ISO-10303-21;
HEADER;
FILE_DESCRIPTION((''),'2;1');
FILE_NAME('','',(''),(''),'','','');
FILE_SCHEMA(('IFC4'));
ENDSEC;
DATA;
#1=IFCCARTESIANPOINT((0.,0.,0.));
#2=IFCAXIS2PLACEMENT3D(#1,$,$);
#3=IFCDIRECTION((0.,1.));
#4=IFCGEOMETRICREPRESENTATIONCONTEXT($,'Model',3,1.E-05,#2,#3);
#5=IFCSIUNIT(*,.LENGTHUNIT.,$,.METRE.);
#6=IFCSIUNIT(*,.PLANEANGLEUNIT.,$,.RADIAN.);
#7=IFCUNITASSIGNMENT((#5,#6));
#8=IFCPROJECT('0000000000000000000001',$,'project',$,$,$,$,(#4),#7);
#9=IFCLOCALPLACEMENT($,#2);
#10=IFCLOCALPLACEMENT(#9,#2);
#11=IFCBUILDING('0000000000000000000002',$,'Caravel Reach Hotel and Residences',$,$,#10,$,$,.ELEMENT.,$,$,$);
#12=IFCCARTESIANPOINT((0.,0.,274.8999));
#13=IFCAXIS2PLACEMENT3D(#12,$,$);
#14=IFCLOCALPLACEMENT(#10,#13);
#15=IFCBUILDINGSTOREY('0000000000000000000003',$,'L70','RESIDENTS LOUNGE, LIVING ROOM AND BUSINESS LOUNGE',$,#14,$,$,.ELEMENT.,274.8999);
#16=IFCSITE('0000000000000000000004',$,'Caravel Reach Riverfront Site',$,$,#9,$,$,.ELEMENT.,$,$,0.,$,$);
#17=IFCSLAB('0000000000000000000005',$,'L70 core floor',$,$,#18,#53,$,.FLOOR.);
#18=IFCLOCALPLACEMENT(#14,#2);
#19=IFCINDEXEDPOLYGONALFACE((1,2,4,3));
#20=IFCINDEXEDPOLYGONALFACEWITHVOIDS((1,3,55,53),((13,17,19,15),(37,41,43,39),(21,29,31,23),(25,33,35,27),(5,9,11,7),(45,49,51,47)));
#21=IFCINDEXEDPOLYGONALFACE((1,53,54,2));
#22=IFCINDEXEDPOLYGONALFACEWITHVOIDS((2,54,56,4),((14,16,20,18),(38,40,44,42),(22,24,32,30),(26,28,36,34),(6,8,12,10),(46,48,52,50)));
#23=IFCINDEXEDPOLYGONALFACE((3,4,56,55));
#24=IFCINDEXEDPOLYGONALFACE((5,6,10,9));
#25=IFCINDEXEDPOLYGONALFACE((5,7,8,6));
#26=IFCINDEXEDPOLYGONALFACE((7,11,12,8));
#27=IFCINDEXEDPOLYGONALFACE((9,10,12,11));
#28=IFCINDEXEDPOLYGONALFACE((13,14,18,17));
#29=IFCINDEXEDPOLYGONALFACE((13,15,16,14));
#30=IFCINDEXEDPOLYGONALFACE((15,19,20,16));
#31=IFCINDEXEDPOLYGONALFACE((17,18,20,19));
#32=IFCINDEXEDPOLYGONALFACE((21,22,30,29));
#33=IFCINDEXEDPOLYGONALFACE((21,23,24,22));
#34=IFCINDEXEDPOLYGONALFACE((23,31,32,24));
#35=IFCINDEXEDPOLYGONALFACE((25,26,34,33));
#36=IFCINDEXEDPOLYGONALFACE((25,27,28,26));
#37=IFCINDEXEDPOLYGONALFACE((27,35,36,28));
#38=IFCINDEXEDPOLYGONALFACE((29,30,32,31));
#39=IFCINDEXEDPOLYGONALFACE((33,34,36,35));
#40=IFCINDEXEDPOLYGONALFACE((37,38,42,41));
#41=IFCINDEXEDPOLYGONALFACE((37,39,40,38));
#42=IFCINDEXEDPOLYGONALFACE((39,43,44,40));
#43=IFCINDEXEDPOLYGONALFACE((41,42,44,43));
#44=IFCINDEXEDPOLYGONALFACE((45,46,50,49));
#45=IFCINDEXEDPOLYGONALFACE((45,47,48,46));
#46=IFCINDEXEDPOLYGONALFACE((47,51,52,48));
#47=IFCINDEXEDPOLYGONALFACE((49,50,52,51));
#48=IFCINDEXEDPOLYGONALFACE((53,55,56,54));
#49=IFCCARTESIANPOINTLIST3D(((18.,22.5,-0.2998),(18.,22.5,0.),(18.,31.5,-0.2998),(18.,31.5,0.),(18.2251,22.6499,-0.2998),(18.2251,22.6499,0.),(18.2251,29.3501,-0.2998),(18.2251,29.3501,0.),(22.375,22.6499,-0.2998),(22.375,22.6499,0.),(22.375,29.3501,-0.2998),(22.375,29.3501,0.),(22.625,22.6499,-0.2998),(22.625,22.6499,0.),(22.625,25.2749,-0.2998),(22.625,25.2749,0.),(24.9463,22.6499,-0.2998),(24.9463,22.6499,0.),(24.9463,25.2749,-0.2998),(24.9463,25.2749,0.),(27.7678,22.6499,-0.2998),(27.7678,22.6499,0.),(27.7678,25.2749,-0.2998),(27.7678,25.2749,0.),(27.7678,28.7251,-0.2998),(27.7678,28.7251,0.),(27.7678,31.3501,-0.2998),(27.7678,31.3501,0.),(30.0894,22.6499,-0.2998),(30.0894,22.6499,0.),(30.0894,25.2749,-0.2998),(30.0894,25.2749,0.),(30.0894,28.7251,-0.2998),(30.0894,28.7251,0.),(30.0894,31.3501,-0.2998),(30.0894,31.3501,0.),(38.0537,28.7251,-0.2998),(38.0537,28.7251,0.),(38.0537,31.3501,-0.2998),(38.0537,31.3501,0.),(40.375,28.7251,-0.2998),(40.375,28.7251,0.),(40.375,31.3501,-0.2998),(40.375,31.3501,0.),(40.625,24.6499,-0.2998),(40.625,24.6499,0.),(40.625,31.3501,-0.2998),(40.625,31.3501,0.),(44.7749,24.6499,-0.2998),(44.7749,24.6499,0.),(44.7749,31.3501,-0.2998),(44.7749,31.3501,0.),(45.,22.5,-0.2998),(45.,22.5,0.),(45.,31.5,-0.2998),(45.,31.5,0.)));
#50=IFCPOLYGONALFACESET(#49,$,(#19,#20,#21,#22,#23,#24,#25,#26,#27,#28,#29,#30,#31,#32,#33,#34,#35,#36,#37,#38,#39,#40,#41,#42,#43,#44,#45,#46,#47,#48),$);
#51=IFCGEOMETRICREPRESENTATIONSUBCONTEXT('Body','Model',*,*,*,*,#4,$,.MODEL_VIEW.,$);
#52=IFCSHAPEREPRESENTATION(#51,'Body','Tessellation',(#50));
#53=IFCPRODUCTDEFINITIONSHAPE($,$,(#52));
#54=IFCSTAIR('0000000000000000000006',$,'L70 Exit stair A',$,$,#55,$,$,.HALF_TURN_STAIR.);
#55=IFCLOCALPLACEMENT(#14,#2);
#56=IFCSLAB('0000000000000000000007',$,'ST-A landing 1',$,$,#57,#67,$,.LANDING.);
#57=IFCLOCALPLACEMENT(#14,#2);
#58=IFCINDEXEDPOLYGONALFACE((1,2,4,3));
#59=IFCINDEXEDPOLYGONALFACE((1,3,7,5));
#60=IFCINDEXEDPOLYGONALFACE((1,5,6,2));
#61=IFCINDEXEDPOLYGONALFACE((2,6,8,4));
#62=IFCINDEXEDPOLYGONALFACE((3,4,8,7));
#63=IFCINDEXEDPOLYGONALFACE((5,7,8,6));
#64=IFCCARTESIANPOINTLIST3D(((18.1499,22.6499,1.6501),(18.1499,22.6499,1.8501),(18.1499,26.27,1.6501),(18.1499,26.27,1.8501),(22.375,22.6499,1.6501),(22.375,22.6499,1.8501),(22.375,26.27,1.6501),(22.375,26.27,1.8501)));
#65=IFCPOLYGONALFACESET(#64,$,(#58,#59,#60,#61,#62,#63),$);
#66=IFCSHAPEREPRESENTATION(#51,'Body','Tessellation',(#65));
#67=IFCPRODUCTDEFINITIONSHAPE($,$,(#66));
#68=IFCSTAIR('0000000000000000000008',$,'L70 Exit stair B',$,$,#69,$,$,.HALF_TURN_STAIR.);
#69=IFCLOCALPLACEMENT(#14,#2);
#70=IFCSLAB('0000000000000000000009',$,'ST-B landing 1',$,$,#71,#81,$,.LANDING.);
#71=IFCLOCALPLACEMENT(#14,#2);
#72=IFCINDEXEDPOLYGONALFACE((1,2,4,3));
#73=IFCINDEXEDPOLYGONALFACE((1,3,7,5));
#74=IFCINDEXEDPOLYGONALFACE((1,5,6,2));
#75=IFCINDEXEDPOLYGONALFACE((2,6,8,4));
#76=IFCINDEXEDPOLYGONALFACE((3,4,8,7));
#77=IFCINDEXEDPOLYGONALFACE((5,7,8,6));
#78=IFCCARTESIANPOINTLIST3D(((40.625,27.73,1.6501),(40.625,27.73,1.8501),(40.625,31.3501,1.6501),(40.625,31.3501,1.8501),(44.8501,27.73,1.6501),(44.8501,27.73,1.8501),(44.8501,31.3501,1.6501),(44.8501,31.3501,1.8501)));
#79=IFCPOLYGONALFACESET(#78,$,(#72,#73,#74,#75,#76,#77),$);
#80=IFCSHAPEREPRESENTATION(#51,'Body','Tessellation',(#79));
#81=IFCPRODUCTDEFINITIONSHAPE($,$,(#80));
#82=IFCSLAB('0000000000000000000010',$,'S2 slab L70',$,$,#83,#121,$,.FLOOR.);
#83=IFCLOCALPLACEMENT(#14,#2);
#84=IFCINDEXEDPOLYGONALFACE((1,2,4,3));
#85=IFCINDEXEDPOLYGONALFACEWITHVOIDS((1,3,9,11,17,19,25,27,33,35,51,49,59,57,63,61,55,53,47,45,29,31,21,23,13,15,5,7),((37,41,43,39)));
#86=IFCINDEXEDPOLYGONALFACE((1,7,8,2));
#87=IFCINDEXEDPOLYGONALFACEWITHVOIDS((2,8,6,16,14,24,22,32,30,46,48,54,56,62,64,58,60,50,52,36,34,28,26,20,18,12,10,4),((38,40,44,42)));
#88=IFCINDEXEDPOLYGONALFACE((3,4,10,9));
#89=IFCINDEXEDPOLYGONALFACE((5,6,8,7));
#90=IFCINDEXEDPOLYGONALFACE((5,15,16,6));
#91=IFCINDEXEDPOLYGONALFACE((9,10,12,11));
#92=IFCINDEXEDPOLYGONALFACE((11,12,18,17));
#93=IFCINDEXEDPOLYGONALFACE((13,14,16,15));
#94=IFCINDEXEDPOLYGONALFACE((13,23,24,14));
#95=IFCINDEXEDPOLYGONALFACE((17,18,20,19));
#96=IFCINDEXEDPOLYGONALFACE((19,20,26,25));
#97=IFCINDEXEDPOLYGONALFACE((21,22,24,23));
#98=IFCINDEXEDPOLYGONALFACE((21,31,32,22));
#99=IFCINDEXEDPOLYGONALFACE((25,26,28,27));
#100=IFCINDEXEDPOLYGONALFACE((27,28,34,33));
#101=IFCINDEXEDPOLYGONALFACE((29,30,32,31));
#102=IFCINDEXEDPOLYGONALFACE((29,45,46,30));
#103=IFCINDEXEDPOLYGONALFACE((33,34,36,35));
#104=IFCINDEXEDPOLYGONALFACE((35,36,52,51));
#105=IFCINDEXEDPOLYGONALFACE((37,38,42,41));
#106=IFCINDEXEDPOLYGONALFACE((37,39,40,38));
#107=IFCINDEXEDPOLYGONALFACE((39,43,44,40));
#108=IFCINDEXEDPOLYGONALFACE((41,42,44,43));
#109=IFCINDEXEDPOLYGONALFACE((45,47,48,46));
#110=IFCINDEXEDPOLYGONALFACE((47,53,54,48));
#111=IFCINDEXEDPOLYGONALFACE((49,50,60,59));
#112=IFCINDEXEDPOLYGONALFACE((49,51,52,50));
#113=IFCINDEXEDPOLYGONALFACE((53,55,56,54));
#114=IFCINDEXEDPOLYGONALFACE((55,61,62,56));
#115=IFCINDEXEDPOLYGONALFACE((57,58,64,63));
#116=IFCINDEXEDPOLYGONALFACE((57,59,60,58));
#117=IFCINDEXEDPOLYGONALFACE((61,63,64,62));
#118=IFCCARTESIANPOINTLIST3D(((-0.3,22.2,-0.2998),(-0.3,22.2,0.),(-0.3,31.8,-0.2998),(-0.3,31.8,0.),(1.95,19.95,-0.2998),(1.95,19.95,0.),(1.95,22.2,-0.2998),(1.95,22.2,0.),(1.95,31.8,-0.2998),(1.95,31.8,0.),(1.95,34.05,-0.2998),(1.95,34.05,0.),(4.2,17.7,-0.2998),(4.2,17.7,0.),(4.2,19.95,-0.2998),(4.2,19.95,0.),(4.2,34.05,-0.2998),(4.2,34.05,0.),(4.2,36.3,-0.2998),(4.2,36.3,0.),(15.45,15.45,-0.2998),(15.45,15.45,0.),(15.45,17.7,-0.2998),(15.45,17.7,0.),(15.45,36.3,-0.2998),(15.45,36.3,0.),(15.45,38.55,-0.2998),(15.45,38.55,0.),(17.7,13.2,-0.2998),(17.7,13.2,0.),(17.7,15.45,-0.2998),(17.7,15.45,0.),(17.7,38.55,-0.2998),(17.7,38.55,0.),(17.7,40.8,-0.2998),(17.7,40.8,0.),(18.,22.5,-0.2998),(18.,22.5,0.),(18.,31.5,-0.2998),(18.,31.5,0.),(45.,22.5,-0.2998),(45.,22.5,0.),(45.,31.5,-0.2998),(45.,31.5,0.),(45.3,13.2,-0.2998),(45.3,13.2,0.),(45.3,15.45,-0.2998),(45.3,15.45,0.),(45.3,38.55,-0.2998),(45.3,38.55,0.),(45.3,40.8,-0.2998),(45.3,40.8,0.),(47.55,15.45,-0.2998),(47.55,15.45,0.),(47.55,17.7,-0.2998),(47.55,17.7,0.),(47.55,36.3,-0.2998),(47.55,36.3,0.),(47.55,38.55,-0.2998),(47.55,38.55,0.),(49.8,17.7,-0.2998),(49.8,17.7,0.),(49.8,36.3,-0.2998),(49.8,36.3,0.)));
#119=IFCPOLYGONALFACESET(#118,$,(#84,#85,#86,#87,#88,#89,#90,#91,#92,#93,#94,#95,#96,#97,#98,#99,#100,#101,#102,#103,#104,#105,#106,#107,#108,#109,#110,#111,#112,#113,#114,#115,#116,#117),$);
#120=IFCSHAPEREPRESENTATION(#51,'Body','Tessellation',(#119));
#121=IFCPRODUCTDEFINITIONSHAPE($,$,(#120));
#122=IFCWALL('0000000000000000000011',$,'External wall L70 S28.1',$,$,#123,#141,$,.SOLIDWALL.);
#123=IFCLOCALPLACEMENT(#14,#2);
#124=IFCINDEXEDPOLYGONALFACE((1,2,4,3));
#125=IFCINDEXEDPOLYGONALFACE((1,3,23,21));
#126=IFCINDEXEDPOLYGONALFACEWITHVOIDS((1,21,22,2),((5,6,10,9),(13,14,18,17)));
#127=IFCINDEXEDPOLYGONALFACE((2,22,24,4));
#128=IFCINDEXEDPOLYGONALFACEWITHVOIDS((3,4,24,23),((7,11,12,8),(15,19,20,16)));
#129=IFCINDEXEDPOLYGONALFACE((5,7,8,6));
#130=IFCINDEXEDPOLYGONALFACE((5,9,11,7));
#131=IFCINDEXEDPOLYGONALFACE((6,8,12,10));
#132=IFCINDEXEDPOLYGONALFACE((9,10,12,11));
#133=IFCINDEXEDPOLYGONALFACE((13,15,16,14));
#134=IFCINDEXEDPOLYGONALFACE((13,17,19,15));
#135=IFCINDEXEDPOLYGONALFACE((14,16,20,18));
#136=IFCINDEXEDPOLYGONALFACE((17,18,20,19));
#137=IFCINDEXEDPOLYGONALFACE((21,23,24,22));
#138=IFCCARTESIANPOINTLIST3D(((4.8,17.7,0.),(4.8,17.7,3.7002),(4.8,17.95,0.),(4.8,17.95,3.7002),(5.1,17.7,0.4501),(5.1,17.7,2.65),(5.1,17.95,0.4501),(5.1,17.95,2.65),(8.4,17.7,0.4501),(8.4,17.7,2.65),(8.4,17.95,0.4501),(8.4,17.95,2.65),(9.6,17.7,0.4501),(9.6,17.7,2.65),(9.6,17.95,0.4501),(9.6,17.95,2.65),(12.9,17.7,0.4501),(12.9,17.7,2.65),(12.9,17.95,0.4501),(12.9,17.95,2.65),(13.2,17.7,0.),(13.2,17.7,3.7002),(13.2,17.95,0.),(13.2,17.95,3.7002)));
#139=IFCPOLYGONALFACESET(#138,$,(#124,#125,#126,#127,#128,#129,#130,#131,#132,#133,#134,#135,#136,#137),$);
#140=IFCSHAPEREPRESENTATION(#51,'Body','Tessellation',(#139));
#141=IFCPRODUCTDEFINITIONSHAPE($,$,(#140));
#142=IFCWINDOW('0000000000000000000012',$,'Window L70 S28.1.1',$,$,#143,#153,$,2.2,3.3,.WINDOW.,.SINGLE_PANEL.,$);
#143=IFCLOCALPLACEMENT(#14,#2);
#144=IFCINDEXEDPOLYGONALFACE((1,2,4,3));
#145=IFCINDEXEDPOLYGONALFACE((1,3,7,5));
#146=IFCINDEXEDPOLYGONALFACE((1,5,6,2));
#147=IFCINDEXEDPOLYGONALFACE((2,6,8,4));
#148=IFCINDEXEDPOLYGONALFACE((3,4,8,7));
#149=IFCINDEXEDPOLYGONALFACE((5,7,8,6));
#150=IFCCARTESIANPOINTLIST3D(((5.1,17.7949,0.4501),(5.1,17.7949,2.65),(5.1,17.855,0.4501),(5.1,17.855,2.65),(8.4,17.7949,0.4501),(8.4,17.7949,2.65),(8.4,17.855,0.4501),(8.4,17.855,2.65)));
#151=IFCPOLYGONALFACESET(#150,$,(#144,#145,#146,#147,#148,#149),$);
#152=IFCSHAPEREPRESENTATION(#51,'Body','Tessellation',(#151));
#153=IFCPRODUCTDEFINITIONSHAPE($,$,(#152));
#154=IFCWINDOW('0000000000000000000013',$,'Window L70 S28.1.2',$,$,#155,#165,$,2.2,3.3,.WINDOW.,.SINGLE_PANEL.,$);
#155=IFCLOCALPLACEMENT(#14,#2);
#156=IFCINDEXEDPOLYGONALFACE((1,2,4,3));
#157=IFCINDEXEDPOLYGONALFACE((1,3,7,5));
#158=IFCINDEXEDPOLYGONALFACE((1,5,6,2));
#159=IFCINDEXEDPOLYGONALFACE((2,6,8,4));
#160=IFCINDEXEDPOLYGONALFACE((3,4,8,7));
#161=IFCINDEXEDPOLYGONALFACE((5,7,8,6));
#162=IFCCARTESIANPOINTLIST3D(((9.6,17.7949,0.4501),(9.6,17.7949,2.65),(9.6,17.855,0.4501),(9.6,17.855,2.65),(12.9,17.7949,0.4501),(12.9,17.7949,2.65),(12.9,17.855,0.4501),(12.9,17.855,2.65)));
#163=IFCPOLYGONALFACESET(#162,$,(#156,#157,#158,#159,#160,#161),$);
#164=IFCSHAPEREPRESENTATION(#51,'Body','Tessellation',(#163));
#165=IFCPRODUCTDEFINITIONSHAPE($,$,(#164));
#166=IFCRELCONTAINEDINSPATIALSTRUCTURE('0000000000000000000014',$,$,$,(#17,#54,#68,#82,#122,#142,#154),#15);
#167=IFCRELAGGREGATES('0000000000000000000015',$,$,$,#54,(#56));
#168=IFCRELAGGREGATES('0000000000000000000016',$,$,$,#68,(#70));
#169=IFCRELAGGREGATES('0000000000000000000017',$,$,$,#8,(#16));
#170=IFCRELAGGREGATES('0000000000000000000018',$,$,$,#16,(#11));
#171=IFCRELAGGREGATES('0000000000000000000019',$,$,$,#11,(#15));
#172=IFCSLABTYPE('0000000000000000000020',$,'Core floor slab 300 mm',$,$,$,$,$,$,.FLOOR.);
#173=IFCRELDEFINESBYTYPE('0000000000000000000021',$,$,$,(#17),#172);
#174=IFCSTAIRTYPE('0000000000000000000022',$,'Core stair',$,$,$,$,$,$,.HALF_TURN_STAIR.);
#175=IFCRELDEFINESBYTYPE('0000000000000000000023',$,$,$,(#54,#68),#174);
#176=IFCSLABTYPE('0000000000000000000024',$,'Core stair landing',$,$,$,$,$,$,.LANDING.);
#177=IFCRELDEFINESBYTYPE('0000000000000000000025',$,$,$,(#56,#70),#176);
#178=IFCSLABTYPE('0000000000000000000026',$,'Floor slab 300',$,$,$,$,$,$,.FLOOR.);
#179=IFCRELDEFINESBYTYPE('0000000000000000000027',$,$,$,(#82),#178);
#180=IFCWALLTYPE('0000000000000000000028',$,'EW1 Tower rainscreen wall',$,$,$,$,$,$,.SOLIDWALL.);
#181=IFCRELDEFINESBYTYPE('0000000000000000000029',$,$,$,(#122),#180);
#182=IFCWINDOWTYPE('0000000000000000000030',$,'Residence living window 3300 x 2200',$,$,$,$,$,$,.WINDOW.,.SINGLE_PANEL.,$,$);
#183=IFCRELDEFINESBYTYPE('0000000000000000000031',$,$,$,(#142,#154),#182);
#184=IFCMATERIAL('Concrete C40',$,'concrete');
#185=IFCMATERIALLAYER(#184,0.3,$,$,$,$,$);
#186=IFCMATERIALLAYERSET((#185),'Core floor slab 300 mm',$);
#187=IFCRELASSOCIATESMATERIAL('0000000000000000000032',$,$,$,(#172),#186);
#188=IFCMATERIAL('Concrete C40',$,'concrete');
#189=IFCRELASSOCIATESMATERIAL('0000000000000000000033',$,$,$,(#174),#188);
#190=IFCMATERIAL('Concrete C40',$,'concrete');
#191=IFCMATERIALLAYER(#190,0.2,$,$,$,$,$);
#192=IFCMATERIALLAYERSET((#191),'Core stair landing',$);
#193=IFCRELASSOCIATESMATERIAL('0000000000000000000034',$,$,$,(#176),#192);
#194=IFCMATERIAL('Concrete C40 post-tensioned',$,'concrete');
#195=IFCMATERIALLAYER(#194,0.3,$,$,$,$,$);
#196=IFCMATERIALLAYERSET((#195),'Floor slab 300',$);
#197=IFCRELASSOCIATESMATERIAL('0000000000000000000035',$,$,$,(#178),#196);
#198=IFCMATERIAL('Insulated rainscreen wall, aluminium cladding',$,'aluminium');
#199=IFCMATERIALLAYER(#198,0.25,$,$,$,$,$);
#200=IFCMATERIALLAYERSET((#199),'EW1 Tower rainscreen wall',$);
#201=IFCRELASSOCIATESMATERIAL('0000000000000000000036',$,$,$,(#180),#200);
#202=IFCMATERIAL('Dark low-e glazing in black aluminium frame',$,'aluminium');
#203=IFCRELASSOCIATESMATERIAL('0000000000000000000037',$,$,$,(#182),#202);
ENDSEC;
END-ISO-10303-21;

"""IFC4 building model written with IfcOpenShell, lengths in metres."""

from ifc_helpers import new_model, si_unit, direction, frame, frame_2d, origin, place, context, subcontext, project, spatial, polyline, rectangle, outline, extrude, material, layer, layer_set, type_object, element, fill, aggregate, save


model = new_model("IFC4")

# Units and contexts
model_context = context("Model", 3, precision=1e-05, world=origin(), true_north=direction((0.0, 1.0)))
body_context = subcontext(model_context, "Body", "Model", "MODEL_VIEW")
ifc_project = project(units=[si_unit("LENGTHUNIT", "METRE"), si_unit("PLANEANGLEUNIT", "RADIAN")], contexts=[model_context])

# Site, building, storey
site_placement = place(None, origin())
site = spatial("IfcSite", under=ifc_project, at=site_placement, Name="Caravel Reach Riverfront Site", CompositionType="ELEMENT", RefElevation=0.0)
building_placement = place(site_placement, origin())
building = spatial("IfcBuilding", under=site, at=building_placement, Name="Caravel Reach Hotel and Residences", CompositionType="ELEMENT")
storey_placement = place(building_placement, frame((0.0, 0.0, 274.8999)))
storey = spatial("IfcBuildingStorey", under=building, at=storey_placement, Name="L70", Description="RESIDENTS LOUNGE, LIVING ROOM AND BUSINESS LOUNGE", CompositionType="ELEMENT", Elevation=274.8999)

# Slab
ifc_material_1 = material(Name="Concrete C40", Category="concrete")
ifc_layer_1 = layer(ifc_material_1, 0.3)
ifc_layer_set_1 = layer_set([ifc_layer_1], Name="Core floor slab 300 mm")
slab_type_1 = type_object("IfcSlabType", Name="Core floor slab 300 mm", PredefinedType="FLOOR", material=ifc_layer_set_1)
slab_1_placement = place(storey_placement, frame((0.0, 0.0, -0.2998)))
element("IfcSlab", 1, at=slab_1_placement, inside=storey, type_object=slab_type_1, Name="L70 core floor", PredefinedType="FLOOR", context=body_context, shape_type="SweptSolid", body=[
    extrude(outline(polyline([(18.0, 31.5), (45.0, 31.5), (45.0, 22.5), (18.0, 22.5), (18.0, 31.5)]), holes=[polyline([(22.625, 22.6499), (24.9463, 22.6499), (24.9463, 25.2749), (22.625, 25.2749), (22.625, 22.6499)]), polyline([(27.7678, 25.2749), (27.7678, 22.6499), (30.0894, 22.6499), (30.0894, 25.2749), (27.7678, 25.2749)]), polyline([(22.375, 22.6499), (22.375, 29.3501), (18.2251, 29.3501), (18.2251, 22.6499), (22.375, 22.6499)]), polyline([(40.625, 24.6499), (44.7749, 24.6499), (44.7749, 31.3501), (40.625, 31.3501), (40.625, 24.6499)]), polyline([(27.7678, 31.3501), (27.7678, 28.7251), (30.0894, 28.7251), (30.0894, 31.3501), (27.7678, 31.3501)]), polyline([(38.0537, 31.3501), (38.0537, 28.7251), (40.375, 28.7251), (40.375, 31.3501), (38.0537, 31.3501)])]), origin(), (0.0, 0.0, 1.0), 0.2998),
])

# Stairs, slabs
ifc_material_2 = material(Name="Concrete C40", Category="concrete")
stair_type = type_object("IfcStairType", Name="Core stair", PredefinedType="HALF_TURN_STAIR", material=ifc_material_2)
stair_1_placement = place(storey_placement, origin())
stair_1 = element("IfcStair", 2, at=stair_1_placement, inside=storey, type_object=stair_type, Name="L70 Exit stair A", PredefinedType="HALF_TURN_STAIR")
ifc_material_3 = material(Name="Concrete C40", Category="concrete")
ifc_layer_2 = layer(ifc_material_3, 0.2)
ifc_layer_set_2 = layer_set([ifc_layer_2], Name="Core stair landing")
slab_type_2 = type_object("IfcSlabType", Name="Core stair landing", PredefinedType="LANDING", material=ifc_layer_set_2)
slab_2_placement = place(storey_placement, frame((0.0, 0.0, 1.6501)))
slab_2 = element("IfcSlab", 3, at=slab_2_placement, type_object=slab_type_2, Name="ST-A landing 1", PredefinedType="LANDING", context=body_context, shape_type="SweptSolid", body=[
    extrude(outline(polyline([(18.1499, 26.27), (18.1499, 22.6499), (22.375, 22.6499), (22.375, 26.27), (18.1499, 26.27)])), origin(), (0.0, 0.0, 1.0), 0.2),
])
aggregate(stair_1, [slab_2])
stair_2_placement = place(storey_placement, origin())
stair_2 = element("IfcStair", 4, at=stair_2_placement, inside=storey, type_object=stair_type, Name="L70 Exit stair B", PredefinedType="HALF_TURN_STAIR")
slab_3_placement = place(storey_placement, frame((0.0, 0.0, 1.6501)))
slab_3 = element("IfcSlab", 5, at=slab_3_placement, type_object=slab_type_2, Name="ST-B landing 1", PredefinedType="LANDING", context=body_context, shape_type="SweptSolid", body=[
    extrude(outline(polyline([(44.8501, 27.73), (44.8501, 31.3501), (40.625, 31.3501), (40.625, 27.73), (44.8501, 27.73)])), origin(), (0.0, 0.0, 1.0), 0.2),
])
aggregate(stair_2, [slab_3])

# Slab
ifc_material_4 = material(Name="Concrete C40 post-tensioned", Category="concrete")
ifc_layer_3 = layer(ifc_material_4, 0.3)
ifc_layer_set_3 = layer_set([ifc_layer_3], Name="Floor slab 300")
slab_type_3 = type_object("IfcSlabType", Name="Floor slab 300", PredefinedType="FLOOR", material=ifc_layer_set_3)
slab_4_placement = place(storey_placement, frame((0.0, 0.0, -0.2998)))
element("IfcSlab", 6, at=slab_4_placement, inside=storey, type_object=slab_type_3, Name="S2 slab L70", PredefinedType="FLOOR", context=body_context, shape_type="SweptSolid", body=[
    extrude(outline(polyline([(4.2, 19.95), (1.95, 19.95), (1.95, 22.2), (-0.3, 22.2), (-0.3, 31.8), (1.95, 31.8), (1.95, 34.05), (4.2, 34.05), (4.2, 36.3), (15.45, 36.3), (15.45, 38.55), (17.7, 38.55), (17.7, 40.8), (45.3, 40.8), (45.3, 38.55), (47.55, 38.55), (47.55, 36.3), (49.8, 36.3), (49.8, 17.7), (47.55, 17.7), (47.55, 15.45), (45.3, 15.45), (45.3, 13.2), (17.7, 13.2), (17.7, 15.45), (15.45, 15.45), (15.45, 17.7), (4.2, 17.7), (4.2, 19.95)]), holes=[polyline([(45.0, 31.5), (18.0, 31.5), (18.0, 22.5), (45.0, 22.5), (45.0, 31.5)])]), origin(), (0.0, 0.0, 1.0), 0.2998),
])

# Wall, openings, windows
ifc_material_5 = material(Name="Insulated rainscreen wall, aluminium cladding", Category="aluminium")
ifc_layer_4 = layer(ifc_material_5, 0.25)
ifc_layer_set_4 = layer_set([ifc_layer_4], Name="EW1 Tower rainscreen wall")
wall_type_1 = type_object("IfcWallType", Name="EW1 Tower rainscreen wall", PredefinedType="SOLIDWALL", material=ifc_layer_set_4)
wall_1_placement = place(storey_placement, frame((4.8, 17.825, 0.0), z_axis=(0.0, 0.0, 1.0), x_axis=(1.0, 0.0, 0.0)))
wall_1 = element("IfcWall", 7, at=wall_1_placement, inside=storey, type_object=wall_type_1, Name="External wall L70 S28.1", PredefinedType="SOLIDWALL", context=body_context, shape_type="SweptSolid", body=[
    extrude(rectangle(XDim=8.3999, YDim=0.25, at=frame_2d((4.2, 0.0))), origin(), (0.0, 0.0, 1.0), 3.7002),
])
opening_1_placement = place(wall_1_placement, frame((0.3, 0.0, 0.45)))
opening_1 = element("IfcOpeningElement", 8, at=opening_1_placement, cuts=wall_1, PredefinedType="OPENING", context=body_context, shape_type="SweptSolid", body=[
    extrude(rectangle(XDim=3.3, YDim=2.2, at=frame_2d((1.6499, 1.1001))), frame((0.0, 0.135, 0.0), z_axis=(0.0, -1.0, 0.0), x_axis=(1.0, 0.0, 0.0)), (0.0, 0.0, 1.0), 0.27),
])
opening_2_placement = place(wall_1_placement, frame((4.8, 0.0, 0.45)))
opening_2 = element("IfcOpeningElement", 9, at=opening_2_placement, cuts=wall_1, PredefinedType="OPENING", context=body_context, shape_type="SweptSolid", body=[
    extrude(rectangle(XDim=3.3, YDim=2.2, at=frame_2d((1.6499, 1.1001))), frame((0.0, 0.135, 0.0), z_axis=(0.0, -1.0, 0.0), x_axis=(1.0, 0.0, 0.0)), (0.0, 0.0, 1.0), 0.27),
])
ifc_material_6 = material(Name="Dark low-e glazing in black aluminium frame", Category="aluminium")
window_type_1 = type_object("IfcWindowType", Name="Residence living window 3300 x 2200", PartitioningType="SINGLE_PANEL", PredefinedType="WINDOW", material=ifc_material_6)
window_1_placement = place(opening_1_placement, origin())
window_1 = element("IfcWindow", 10, at=window_1_placement, inside=storey, type_object=window_type_1, Name="Window L70 S28.1.1", OverallHeight=2.2, OverallWidth=3.3, PartitioningType="SINGLE_PANEL", PredefinedType="WINDOW", context=body_context, shape_type="SweptSolid", body=[
    extrude(rectangle(XDim=3.3, YDim=2.2, at=frame_2d((1.6499, 1.1001))), frame((0.0, 0.03, 0.0), z_axis=(0.0, -1.0, 0.0), x_axis=(1.0, 0.0, 0.0)), (0.0, 0.0, 1.0), 0.0601),
])
fill(opening_1, window_1)
window_2_placement = place(opening_2_placement, origin())
window_2 = element("IfcWindow", 11, at=window_2_placement, inside=storey, type_object=window_type_1, Name="Window L70 S28.1.2", OverallHeight=2.2, OverallWidth=3.3, PartitioningType="SINGLE_PANEL", PredefinedType="WINDOW", context=body_context, shape_type="SweptSolid", body=[
    extrude(rectangle(XDim=3.3, YDim=2.2, at=frame_2d((1.6499, 1.1001))), frame((0.0, 0.03, 0.0), z_axis=(0.0, -1.0, 0.0), x_axis=(1.0, 0.0, 0.0)), (0.0, 0.0, 1.0), 0.0601),
])
fill(opening_2, window_2)

save(model, "model.ifc")
